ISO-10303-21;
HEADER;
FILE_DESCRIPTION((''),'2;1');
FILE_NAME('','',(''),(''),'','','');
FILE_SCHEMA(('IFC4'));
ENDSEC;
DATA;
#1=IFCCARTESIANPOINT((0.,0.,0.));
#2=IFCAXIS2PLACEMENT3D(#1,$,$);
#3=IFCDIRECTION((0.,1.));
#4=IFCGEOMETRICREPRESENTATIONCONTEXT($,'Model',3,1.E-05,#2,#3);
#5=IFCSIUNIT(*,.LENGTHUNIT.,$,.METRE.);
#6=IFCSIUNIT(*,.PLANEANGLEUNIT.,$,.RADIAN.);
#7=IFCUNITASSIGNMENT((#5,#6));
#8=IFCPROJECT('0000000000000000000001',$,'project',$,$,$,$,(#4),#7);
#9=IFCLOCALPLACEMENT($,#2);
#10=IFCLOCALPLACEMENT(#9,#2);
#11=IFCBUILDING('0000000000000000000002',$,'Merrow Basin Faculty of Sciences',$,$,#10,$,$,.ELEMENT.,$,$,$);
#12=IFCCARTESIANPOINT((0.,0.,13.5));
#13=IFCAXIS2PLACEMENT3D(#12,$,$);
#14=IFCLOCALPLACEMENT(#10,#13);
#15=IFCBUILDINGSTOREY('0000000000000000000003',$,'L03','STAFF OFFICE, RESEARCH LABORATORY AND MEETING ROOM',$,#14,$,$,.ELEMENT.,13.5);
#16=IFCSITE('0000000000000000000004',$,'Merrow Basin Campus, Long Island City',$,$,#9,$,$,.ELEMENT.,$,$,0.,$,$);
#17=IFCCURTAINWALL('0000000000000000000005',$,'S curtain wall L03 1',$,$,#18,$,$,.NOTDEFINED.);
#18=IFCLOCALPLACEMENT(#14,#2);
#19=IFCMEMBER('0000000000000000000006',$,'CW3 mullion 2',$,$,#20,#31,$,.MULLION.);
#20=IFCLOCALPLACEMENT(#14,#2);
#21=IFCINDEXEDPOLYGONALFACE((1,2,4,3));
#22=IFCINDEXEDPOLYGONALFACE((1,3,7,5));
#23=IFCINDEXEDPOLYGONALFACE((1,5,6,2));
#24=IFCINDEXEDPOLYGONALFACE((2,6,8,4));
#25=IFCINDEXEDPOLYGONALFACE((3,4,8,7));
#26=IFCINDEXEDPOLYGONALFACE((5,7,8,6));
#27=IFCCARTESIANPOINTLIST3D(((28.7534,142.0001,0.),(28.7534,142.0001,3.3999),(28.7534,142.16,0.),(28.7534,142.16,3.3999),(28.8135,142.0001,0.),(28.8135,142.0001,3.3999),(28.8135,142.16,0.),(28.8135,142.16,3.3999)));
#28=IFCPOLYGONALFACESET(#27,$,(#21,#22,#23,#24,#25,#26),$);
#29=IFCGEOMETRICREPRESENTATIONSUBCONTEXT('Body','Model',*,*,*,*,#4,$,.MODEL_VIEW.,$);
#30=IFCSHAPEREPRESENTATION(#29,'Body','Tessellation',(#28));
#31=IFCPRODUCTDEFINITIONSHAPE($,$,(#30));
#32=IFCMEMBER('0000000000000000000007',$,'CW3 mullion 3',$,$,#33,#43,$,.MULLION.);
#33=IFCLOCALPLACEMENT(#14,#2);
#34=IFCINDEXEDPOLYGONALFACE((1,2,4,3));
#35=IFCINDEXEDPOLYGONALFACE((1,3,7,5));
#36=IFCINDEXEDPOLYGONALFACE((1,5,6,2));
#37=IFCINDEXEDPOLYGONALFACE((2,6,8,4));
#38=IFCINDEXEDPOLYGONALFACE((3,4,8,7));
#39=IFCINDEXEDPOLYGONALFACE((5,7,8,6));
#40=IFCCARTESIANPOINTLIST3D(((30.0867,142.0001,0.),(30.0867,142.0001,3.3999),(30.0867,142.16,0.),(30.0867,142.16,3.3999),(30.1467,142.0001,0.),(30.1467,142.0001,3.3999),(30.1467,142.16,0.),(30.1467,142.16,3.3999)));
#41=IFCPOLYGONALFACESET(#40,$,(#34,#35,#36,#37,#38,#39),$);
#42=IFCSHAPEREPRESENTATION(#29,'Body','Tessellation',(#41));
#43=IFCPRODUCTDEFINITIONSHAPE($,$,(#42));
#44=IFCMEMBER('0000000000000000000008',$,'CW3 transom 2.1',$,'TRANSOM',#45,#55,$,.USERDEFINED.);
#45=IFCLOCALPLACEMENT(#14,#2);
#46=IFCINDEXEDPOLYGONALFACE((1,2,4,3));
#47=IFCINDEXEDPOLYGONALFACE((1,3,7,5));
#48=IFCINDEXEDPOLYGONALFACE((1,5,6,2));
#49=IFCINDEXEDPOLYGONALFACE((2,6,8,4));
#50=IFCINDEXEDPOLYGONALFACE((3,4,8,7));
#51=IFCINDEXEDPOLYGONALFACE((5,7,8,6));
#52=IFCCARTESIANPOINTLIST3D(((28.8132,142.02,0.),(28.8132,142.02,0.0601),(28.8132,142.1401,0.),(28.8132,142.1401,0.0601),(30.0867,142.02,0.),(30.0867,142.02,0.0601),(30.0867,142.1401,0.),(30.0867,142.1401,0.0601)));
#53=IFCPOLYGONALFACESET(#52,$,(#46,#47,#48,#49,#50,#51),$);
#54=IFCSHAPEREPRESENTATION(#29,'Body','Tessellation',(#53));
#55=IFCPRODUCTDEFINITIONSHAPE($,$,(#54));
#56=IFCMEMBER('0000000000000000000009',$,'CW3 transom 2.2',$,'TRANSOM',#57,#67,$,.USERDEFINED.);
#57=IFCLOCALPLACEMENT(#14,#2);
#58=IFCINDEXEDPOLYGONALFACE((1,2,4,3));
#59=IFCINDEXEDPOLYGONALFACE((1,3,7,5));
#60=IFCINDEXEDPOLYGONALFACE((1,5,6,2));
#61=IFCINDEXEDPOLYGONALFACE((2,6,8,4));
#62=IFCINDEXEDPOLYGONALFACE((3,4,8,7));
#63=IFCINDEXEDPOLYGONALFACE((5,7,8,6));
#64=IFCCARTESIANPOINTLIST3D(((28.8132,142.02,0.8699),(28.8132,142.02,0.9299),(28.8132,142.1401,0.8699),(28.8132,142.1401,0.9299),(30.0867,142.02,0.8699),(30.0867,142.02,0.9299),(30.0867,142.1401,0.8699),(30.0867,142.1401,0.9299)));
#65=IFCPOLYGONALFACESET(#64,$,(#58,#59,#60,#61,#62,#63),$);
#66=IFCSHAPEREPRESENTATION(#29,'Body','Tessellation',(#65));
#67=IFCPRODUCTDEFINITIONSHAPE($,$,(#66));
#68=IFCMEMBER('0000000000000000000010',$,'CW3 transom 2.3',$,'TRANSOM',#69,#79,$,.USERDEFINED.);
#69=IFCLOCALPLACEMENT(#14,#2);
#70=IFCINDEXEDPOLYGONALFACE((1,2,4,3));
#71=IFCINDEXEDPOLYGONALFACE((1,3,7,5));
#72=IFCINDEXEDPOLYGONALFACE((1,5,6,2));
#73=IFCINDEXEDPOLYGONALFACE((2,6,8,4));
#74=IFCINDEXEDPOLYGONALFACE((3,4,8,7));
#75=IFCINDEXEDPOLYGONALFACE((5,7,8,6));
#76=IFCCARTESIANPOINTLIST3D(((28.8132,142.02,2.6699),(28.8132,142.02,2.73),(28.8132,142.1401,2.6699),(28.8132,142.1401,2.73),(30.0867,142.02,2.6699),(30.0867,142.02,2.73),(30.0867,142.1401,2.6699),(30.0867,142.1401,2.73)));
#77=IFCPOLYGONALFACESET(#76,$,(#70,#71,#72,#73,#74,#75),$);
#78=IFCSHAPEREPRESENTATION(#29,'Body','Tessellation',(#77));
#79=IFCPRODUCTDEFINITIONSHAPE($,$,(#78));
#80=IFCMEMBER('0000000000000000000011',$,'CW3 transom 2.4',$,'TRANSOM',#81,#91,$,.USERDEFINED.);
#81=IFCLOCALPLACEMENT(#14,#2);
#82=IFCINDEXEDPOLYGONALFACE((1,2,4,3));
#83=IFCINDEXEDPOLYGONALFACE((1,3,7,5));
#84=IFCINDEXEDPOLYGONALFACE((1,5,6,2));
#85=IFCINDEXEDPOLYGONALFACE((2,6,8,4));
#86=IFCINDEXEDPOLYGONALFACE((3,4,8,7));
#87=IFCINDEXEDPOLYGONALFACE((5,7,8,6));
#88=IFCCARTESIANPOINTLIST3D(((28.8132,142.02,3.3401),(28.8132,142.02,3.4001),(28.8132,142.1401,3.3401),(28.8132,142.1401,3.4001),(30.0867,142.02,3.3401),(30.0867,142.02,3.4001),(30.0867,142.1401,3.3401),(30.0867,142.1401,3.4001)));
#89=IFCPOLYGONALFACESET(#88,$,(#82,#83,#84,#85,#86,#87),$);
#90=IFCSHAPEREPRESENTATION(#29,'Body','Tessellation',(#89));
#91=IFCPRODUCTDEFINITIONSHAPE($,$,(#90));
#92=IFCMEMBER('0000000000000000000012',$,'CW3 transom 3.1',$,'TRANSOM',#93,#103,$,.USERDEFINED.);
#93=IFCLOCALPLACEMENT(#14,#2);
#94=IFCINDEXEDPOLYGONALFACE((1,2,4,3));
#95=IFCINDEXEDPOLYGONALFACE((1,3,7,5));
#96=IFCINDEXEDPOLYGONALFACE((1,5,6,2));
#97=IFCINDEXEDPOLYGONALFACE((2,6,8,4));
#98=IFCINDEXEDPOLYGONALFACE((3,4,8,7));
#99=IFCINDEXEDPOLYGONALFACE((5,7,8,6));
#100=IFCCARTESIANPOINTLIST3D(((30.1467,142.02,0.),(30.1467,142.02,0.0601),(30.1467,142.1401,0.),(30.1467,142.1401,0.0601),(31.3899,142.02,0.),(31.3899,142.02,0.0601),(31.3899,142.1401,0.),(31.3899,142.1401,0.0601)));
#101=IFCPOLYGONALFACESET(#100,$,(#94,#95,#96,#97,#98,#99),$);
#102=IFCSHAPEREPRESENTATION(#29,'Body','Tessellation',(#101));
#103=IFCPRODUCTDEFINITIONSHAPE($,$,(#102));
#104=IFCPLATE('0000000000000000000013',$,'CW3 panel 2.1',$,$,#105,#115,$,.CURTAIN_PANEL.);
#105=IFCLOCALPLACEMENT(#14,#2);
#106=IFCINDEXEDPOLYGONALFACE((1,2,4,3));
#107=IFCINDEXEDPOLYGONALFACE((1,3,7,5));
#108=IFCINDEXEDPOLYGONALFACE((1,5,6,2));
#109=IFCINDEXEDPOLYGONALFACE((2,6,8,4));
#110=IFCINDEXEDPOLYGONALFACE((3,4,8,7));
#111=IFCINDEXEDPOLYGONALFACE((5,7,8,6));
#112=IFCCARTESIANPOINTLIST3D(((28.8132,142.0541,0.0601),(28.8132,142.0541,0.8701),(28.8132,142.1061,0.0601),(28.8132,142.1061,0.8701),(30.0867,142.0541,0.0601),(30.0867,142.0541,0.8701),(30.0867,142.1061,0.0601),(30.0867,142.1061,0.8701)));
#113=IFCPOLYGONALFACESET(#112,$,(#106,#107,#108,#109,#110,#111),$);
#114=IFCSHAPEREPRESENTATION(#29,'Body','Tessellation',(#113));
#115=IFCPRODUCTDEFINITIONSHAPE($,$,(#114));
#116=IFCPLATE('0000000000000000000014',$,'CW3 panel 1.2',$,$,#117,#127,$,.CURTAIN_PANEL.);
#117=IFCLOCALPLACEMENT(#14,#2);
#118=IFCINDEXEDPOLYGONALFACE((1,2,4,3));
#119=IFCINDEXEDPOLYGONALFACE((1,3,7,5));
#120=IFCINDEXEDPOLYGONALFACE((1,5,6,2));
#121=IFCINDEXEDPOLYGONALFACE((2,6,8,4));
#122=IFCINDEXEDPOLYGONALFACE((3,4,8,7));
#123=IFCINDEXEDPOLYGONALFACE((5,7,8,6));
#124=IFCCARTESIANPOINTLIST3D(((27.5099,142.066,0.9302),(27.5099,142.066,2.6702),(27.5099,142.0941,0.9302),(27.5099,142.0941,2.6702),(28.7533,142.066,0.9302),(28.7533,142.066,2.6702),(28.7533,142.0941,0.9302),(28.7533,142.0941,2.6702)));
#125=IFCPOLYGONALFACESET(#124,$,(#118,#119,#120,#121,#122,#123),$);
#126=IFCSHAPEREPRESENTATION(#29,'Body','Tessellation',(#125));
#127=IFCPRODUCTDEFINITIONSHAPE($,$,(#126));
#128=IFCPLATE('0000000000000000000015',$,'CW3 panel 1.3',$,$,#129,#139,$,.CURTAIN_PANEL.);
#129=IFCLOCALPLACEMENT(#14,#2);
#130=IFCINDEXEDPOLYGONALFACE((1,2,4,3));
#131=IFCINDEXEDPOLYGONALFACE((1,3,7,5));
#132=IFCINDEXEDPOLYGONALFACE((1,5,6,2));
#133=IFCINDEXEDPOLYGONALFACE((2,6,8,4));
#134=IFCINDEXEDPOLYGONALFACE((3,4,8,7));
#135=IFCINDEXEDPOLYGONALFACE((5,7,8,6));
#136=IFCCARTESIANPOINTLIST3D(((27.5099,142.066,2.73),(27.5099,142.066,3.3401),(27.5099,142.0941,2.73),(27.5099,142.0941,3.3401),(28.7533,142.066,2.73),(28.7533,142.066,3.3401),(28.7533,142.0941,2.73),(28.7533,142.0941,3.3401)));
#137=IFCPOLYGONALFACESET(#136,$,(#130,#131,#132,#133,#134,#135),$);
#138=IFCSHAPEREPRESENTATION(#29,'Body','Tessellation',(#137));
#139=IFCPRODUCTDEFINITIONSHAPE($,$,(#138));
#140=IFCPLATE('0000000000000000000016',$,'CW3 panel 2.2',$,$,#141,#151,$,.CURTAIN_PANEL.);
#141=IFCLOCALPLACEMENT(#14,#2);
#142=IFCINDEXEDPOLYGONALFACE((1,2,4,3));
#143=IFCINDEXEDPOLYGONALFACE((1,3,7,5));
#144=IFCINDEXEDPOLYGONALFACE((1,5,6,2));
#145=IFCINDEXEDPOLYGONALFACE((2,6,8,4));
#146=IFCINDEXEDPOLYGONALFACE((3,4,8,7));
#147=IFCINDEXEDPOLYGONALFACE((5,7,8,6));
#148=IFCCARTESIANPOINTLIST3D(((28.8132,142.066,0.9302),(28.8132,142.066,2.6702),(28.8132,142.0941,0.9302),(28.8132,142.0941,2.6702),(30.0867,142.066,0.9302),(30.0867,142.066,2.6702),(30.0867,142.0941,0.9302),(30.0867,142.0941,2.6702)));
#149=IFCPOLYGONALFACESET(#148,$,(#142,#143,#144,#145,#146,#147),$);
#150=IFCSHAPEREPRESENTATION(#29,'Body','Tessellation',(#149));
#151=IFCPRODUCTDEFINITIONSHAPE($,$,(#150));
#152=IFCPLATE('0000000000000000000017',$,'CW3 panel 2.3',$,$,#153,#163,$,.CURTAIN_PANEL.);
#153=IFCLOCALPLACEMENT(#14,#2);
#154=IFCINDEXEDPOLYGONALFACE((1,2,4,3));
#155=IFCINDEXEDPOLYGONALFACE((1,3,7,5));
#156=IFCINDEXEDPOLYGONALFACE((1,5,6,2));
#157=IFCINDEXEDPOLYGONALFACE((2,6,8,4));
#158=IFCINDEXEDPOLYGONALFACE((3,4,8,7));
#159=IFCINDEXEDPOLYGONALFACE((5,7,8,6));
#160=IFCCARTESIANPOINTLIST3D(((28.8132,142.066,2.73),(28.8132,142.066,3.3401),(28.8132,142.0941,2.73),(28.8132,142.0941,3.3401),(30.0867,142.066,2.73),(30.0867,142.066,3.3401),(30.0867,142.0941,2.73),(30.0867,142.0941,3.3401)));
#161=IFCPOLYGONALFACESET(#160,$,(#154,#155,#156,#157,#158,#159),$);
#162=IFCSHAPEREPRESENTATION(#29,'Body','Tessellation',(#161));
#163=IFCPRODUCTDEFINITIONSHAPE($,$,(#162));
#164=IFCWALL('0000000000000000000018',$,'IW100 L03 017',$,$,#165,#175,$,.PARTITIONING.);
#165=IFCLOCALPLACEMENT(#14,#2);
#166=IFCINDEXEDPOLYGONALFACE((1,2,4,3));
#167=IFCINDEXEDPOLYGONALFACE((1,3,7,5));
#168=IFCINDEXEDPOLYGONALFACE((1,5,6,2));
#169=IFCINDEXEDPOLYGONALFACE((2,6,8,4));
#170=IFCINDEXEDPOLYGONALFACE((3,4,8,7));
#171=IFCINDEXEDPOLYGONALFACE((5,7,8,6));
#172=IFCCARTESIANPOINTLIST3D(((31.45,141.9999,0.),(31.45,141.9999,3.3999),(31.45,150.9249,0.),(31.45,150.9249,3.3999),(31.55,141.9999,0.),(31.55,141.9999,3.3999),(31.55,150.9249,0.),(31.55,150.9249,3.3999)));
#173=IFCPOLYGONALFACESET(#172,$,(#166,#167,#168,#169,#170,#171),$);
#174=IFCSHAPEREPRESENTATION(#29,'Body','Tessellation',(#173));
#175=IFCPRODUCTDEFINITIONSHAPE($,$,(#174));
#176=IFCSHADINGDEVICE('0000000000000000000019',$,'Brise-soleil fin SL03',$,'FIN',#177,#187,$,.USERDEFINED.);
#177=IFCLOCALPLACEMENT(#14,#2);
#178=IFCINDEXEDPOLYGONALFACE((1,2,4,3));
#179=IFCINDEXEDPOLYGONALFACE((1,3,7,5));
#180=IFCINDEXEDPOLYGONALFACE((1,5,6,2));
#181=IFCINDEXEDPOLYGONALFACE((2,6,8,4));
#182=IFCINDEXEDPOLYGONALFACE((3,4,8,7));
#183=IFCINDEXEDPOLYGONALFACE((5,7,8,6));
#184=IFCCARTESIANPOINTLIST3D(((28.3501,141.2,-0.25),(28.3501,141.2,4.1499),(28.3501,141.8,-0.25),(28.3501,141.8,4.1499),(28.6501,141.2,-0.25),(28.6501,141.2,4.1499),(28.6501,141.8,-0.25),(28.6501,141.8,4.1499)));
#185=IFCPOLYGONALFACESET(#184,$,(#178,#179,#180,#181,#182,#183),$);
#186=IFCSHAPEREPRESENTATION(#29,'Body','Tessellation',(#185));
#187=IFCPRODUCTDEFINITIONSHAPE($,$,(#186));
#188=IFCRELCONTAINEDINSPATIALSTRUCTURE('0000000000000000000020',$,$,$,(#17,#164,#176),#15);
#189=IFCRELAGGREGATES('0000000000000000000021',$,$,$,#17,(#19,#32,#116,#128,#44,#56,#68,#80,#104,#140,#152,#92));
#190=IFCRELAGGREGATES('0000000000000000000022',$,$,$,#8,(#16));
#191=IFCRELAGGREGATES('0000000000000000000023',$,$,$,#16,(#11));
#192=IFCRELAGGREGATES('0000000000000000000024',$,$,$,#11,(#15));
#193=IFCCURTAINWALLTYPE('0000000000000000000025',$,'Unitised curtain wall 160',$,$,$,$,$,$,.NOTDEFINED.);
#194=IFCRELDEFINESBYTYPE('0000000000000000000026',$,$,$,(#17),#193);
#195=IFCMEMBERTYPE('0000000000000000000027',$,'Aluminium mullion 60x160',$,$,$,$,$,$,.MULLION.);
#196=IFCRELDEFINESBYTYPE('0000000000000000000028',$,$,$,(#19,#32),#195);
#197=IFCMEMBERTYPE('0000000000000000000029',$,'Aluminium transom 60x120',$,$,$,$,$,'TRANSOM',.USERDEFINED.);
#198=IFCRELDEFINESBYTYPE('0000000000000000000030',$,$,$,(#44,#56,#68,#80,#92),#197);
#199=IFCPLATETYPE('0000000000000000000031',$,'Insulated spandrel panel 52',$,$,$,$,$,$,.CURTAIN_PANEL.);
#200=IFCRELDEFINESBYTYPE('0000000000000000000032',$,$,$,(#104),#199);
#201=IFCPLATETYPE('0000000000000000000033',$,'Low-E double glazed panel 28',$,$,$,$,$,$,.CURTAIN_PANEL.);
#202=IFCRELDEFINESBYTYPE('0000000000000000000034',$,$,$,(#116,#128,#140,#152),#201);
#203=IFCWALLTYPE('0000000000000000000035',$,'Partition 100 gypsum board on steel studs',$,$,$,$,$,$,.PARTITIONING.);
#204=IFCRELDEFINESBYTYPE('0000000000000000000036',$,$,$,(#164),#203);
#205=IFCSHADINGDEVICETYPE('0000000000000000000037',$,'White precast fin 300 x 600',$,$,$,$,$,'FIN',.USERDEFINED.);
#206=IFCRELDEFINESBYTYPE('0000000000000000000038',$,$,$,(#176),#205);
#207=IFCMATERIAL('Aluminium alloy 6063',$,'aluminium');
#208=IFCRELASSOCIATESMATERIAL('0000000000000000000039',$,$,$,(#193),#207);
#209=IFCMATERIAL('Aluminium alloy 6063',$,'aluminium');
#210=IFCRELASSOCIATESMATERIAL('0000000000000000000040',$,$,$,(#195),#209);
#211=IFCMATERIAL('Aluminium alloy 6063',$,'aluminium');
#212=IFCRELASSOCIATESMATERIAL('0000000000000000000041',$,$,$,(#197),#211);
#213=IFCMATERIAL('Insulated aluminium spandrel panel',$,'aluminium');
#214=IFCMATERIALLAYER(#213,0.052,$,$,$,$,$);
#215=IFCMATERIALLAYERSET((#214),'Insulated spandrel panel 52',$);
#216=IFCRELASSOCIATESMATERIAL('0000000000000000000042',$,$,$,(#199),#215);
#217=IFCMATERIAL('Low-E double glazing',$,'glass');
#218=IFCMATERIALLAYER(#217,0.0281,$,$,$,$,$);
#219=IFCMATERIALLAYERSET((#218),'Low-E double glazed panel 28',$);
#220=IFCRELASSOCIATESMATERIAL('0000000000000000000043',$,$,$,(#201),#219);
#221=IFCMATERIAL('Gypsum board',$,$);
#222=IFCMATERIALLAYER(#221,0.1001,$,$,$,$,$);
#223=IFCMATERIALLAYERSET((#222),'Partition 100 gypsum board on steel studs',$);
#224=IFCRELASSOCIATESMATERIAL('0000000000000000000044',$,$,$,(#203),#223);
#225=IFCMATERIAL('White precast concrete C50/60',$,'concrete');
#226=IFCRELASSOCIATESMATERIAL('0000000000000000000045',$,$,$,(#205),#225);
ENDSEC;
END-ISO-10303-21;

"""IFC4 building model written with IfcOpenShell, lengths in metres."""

from ifc_helpers import new_model, si_unit, direction, frame, frame_2d, origin, origin_2d, place, context, subcontext, project, spatial, polyline, rectangle, outline, extrude, source, transform, mapped, material, layer, layer_set, material_profile, profile_set, type_object, element, aggregate, save


model = new_model("IFC4")

# Units and contexts
model_context = context("Model", 3, precision=1e-05, world=origin(), true_north=direction((0.0, 1.0)))
body_context = subcontext(model_context, "Body", "Model", "MODEL_VIEW")
ifc_project = project(units=[si_unit("LENGTHUNIT", "METRE"), si_unit("PLANEANGLEUNIT", "RADIAN")], contexts=[model_context])

# Site, building, storey
site_placement = place(None, origin())
site = spatial("IfcSite", under=ifc_project, at=site_placement, Name="Merrow Basin Campus, Long Island City", CompositionType="ELEMENT", RefElevation=0.0)
building_placement = place(site_placement, origin())
building = spatial("IfcBuilding", under=site, at=building_placement, Name="Merrow Basin Faculty of Sciences", CompositionType="ELEMENT")
storey_placement = place(building_placement, frame((0.0, 0.0, 13.5)))
storey = spatial("IfcBuildingStorey", under=building, at=storey_placement, Name="L03", Description="STAFF OFFICE, RESEARCH LABORATORY AND MEETING ROOM", CompositionType="ELEMENT", Elevation=13.5)

# Curtain wall, members, plates
ifc_material_1 = material(Name="Aluminium alloy 6063", Category="aluminium")
curtain_wall_type = type_object("IfcCurtainWallType", Name="Unitised curtain wall 160", PredefinedType="NOTDEFINED", material=ifc_material_1)
curtain_wall_placement = place(storey_placement, origin())
curtain_wall = element("IfcCurtainWall", 1, at=curtain_wall_placement, inside=storey, type_object=curtain_wall_type, Name="S curtain wall L03 1", PredefinedType="NOTDEFINED")
ifc_material_2 = material(Name="Aluminium alloy 6063", Category="aluminium")
ifc_material_profile_1 = material_profile(ifc_material_2, rectangle(XDim=0.1599, YDim=0.0601, at=origin_2d()))
ifc_profile_set_1 = profile_set([ifc_material_profile_1], Name="Aluminium alloy 6063")
member_type_1 = type_object("IfcMemberType", Name="Aluminium mullion 60x160", PredefinedType="MULLION", material=ifc_profile_set_1)
member_1_placement = place(storey_placement, frame((28.7834, 142.0801, 0.0), z_axis=(0.0, 0.0, 1.0), x_axis=(0.0, 1.0, 0.0)))
member_1 = element("IfcMember", 2, at=member_1_placement, type_object=member_type_1, Name="CW3 mullion 2", PredefinedType="MULLION", context=body_context, shape_type="SweptSolid", body=[
    extrude(rectangle(XDim=0.1599, YDim=0.0601, at=origin_2d()), origin(), (0.0, 0.0, 1.0), 3.3999),
])
member_2_placement = place(storey_placement, frame((30.1167, 142.0801, 0.0), z_axis=(0.0, 0.0, 1.0), x_axis=(0.0, 1.0, 0.0)))
member_2 = element("IfcMember", 3, at=member_2_placement, type_object=member_type_1, Name="CW3 mullion 3", PredefinedType="MULLION", context=body_context, shape_type="SweptSolid", body=[
    extrude(rectangle(XDim=0.1599, YDim=0.0601, at=origin_2d()), origin(), (0.0, 0.0, 1.0), 3.3999),
])
ifc_material_3 = material(Name="Aluminium alloy 6063", Category="aluminium")
ifc_material_profile_2 = material_profile(ifc_material_3, rectangle(XDim=0.1201, YDim=0.0601, at=origin_2d()))
ifc_profile_set_2 = profile_set([ifc_material_profile_2], Name="Aluminium alloy 6063")
member_type_2 = type_object("IfcMemberType", Name="Aluminium transom 60x120", ElementType="TRANSOM", PredefinedType="USERDEFINED", material=ifc_profile_set_2)
member_3_placement = place(storey_placement, frame((28.8132, 142.0801, 0.03), z_axis=(1.0, 0.0, 0.0), x_axis=(0.0, 1.0, 0.0)))
member_3 = element("IfcMember", 4, at=member_3_placement, type_object=member_type_2, Name="CW3 transom 2.1", ObjectType="TRANSOM", PredefinedType="USERDEFINED", context=body_context, shape_type="SweptSolid", body=[
    extrude(rectangle(XDim=0.1201, YDim=0.0601, at=origin_2d()), origin(), (0.0, 0.0, 1.0), 1.2734),
])
member_4_placement = place(storey_placement, frame((28.8132, 142.0801, 0.8999), z_axis=(1.0, 0.0, 0.0), x_axis=(0.0, 1.0, 0.0)))
member_4 = element("IfcMember", 5, at=member_4_placement, type_object=member_type_2, Name="CW3 transom 2.2", ObjectType="TRANSOM", PredefinedType="USERDEFINED", context=body_context, shape_type="SweptSolid", body=[
    extrude(rectangle(XDim=0.1201, YDim=0.0601, at=origin_2d()), origin(), (0.0, 0.0, 1.0), 1.2734),
])
member_5_placement = place(storey_placement, frame((28.8132, 142.0801, 2.7), z_axis=(1.0, 0.0, 0.0), x_axis=(0.0, 1.0, 0.0)))
member_5 = element("IfcMember", 6, at=member_5_placement, type_object=member_type_2, Name="CW3 transom 2.3", ObjectType="TRANSOM", PredefinedType="USERDEFINED", context=body_context, shape_type="SweptSolid", body=[
    extrude(rectangle(XDim=0.1201, YDim=0.0601, at=origin_2d()), origin(), (0.0, 0.0, 1.0), 1.2734),
])
member_6_placement = place(storey_placement, frame((28.8132, 142.0801, 3.3701), z_axis=(1.0, 0.0, 0.0), x_axis=(0.0, 1.0, 0.0)))
member_6 = element("IfcMember", 7, at=member_6_placement, type_object=member_type_2, Name="CW3 transom 2.4", ObjectType="TRANSOM", PredefinedType="USERDEFINED", context=body_context, shape_type="SweptSolid", body=[
    extrude(rectangle(XDim=0.1201, YDim=0.0601, at=origin_2d()), origin(), (0.0, 0.0, 1.0), 1.2734),
])
member_7_placement = place(storey_placement, frame((30.1467, 142.0801, 0.03), z_axis=(1.0, 0.0, 0.0), x_axis=(0.0, 1.0, 0.0)))
member_7 = element("IfcMember", 8, at=member_7_placement, type_object=member_type_2, Name="CW3 transom 3.1", ObjectType="TRANSOM", PredefinedType="USERDEFINED", context=body_context, shape_type="SweptSolid", body=[
    extrude(rectangle(XDim=0.1201, YDim=0.0601, at=origin_2d()), origin(), (0.0, 0.0, 1.0), 1.2432),
])
ifc_material_4 = material(Name="Insulated aluminium spandrel panel", Category="aluminium")
ifc_layer_1 = layer(ifc_material_4, 0.052)
ifc_layer_set_1 = layer_set([ifc_layer_1], Name="Insulated spandrel panel 52")
plate_type_1 = type_object("IfcPlateType", Name="Insulated spandrel panel 52", PredefinedType="CURTAIN_PANEL", material=ifc_layer_set_1)
plate_1_placement = place(storey_placement, frame((29.45, 142.0801, 0.0601), z_axis=(0.0, 0.0, 1.0), x_axis=(1.0, 0.0, 0.0)))
plate_1 = element("IfcPlate", 9, at=plate_1_placement, type_object=plate_type_1, Name="CW3 panel 2.1", PredefinedType="CURTAIN_PANEL", context=body_context, shape_type="SweptSolid", body=[
    extrude(rectangle(XDim=1.2734, YDim=0.052, at=origin_2d()), origin(), (0.0, 0.0, 1.0), 0.8101),
])
ifc_material_5 = material(Name="Low-E double glazing", Category="glass")
ifc_layer_2 = layer(ifc_material_5, 0.0281)
ifc_layer_set_2 = layer_set([ifc_layer_2], Name="Low-E double glazed panel 28")
plate_type_2 = type_object("IfcPlateType", Name="Low-E double glazed panel 28", PredefinedType="CURTAIN_PANEL", material=ifc_layer_set_2)
plate_2_placement = place(storey_placement, frame((28.1316, 142.0801, 0.9302), z_axis=(0.0, 0.0, 1.0), x_axis=(1.0, 0.0, 0.0)))
plate_2 = element("IfcPlate", 10, at=plate_2_placement, type_object=plate_type_2, Name="CW3 panel 1.2", PredefinedType="CURTAIN_PANEL", context=body_context, shape_type="SweptSolid", body=[
    extrude(rectangle(XDim=1.2434, YDim=0.0281, at=origin_2d()), origin(), (0.0, 0.0, 1.0), 1.74),
])
plate_3_placement = place(storey_placement, frame((28.1316, 142.0801, 2.73), z_axis=(0.0, 0.0, 1.0), x_axis=(1.0, 0.0, 0.0)))
plate_3 = element("IfcPlate", 11, at=plate_3_placement, type_object=plate_type_2, Name="CW3 panel 1.3", PredefinedType="CURTAIN_PANEL", context=body_context, shape_type="SweptSolid", body=[
    extrude(rectangle(XDim=1.2434, YDim=0.0281, at=origin_2d()), origin(), (0.0, 0.0, 1.0), 0.6101),
])
plate_4_placement = place(storey_placement, frame((29.45, 142.0801, 0.9302), z_axis=(0.0, 0.0, 1.0), x_axis=(1.0, 0.0, 0.0)))
plate_4 = element("IfcPlate", 12, at=plate_4_placement, type_object=plate_type_2, Name="CW3 panel 2.2", PredefinedType="CURTAIN_PANEL", context=body_context, shape_type="SweptSolid", body=[
    extrude(rectangle(XDim=1.2734, YDim=0.0281, at=origin_2d()), origin(), (0.0, 0.0, 1.0), 1.74),
])
plate_5_placement = place(storey_placement, frame((29.45, 142.0801, 2.73), z_axis=(0.0, 0.0, 1.0), x_axis=(1.0, 0.0, 0.0)))
plate_5 = element("IfcPlate", 13, at=plate_5_placement, type_object=plate_type_2, Name="CW3 panel 2.3", PredefinedType="CURTAIN_PANEL", context=body_context, shape_type="SweptSolid", body=[
    extrude(rectangle(XDim=1.2734, YDim=0.0281, at=origin_2d()), origin(), (0.0, 0.0, 1.0), 0.6101),
])
aggregate(curtain_wall, [member_1, member_2, plate_2, plate_3, member_3, member_4, member_5, member_6, plate_1, plate_4, plate_5, member_7])

# Wall
ifc_material_6 = material(Name="Gypsum board")
ifc_layer_3 = layer(ifc_material_6, 0.1001)
ifc_layer_set_3 = layer_set([ifc_layer_3], Name="Partition 100 gypsum board on steel studs")
wall_type = type_object("IfcWallType", Name="Partition 100 gypsum board on steel studs", PredefinedType="PARTITIONING", material=ifc_layer_set_3)
wall_placement = place(storey_placement, frame((31.5, 142.0, 0.0), z_axis=(0.0, 0.0, 1.0), x_axis=(0.0, 1.0, 0.0)))
element("IfcWall", 14, at=wall_placement, inside=storey, type_object=wall_type, Name="IW100 L03 017", PredefinedType="PARTITIONING", context=body_context, shape_type="SweptSolid", body=[
    extrude(rectangle(XDim=8.925, YDim=0.1001, at=frame_2d((4.4624, 0.0))), origin(), (0.0, 0.0, 1.0), 3.3999),
])

# Shading device
ifc_material_7 = material(Name="White precast concrete C50/60", Category="concrete")
shading_device_type = type_object("IfcShadingDeviceType", Name="White precast fin 300 x 600", ElementType="FIN", PredefinedType="USERDEFINED", material=ifc_material_7)
shared_shape_1 = source(origin(), body_context, "Body", "SweptSolid", [
    extrude(outline(polyline([(0.0, 0.0), (0.3, 0.0), (0.3, 4.3999), (0.0, 4.3999), (0.0, 0.0)])), origin(), (0.0, 0.0, 1.0), 0.6001),
])
for number, where, z_axis, x_axis, name in (
    (15, (28.3501, 141.8, -0.25), (0.0, -1.0, 0.0), (1.0, 0.0, 0.0), "Brise-soleil fin SL03"),
):
    element("IfcShadingDevice", number, at=place(storey_placement, frame(where, z_axis=z_axis, x_axis=x_axis)), inside=storey, type_object=shading_device_type, Name=name, ObjectType="FIN", PredefinedType="USERDEFINED", context=body_context, shape_type="MappedRepresentation", body=[
        mapped(shared_shape_1, transform((0.0, 0.0, 0.0), scale=1.0)),
    ])

save(model, "model.ifc")
